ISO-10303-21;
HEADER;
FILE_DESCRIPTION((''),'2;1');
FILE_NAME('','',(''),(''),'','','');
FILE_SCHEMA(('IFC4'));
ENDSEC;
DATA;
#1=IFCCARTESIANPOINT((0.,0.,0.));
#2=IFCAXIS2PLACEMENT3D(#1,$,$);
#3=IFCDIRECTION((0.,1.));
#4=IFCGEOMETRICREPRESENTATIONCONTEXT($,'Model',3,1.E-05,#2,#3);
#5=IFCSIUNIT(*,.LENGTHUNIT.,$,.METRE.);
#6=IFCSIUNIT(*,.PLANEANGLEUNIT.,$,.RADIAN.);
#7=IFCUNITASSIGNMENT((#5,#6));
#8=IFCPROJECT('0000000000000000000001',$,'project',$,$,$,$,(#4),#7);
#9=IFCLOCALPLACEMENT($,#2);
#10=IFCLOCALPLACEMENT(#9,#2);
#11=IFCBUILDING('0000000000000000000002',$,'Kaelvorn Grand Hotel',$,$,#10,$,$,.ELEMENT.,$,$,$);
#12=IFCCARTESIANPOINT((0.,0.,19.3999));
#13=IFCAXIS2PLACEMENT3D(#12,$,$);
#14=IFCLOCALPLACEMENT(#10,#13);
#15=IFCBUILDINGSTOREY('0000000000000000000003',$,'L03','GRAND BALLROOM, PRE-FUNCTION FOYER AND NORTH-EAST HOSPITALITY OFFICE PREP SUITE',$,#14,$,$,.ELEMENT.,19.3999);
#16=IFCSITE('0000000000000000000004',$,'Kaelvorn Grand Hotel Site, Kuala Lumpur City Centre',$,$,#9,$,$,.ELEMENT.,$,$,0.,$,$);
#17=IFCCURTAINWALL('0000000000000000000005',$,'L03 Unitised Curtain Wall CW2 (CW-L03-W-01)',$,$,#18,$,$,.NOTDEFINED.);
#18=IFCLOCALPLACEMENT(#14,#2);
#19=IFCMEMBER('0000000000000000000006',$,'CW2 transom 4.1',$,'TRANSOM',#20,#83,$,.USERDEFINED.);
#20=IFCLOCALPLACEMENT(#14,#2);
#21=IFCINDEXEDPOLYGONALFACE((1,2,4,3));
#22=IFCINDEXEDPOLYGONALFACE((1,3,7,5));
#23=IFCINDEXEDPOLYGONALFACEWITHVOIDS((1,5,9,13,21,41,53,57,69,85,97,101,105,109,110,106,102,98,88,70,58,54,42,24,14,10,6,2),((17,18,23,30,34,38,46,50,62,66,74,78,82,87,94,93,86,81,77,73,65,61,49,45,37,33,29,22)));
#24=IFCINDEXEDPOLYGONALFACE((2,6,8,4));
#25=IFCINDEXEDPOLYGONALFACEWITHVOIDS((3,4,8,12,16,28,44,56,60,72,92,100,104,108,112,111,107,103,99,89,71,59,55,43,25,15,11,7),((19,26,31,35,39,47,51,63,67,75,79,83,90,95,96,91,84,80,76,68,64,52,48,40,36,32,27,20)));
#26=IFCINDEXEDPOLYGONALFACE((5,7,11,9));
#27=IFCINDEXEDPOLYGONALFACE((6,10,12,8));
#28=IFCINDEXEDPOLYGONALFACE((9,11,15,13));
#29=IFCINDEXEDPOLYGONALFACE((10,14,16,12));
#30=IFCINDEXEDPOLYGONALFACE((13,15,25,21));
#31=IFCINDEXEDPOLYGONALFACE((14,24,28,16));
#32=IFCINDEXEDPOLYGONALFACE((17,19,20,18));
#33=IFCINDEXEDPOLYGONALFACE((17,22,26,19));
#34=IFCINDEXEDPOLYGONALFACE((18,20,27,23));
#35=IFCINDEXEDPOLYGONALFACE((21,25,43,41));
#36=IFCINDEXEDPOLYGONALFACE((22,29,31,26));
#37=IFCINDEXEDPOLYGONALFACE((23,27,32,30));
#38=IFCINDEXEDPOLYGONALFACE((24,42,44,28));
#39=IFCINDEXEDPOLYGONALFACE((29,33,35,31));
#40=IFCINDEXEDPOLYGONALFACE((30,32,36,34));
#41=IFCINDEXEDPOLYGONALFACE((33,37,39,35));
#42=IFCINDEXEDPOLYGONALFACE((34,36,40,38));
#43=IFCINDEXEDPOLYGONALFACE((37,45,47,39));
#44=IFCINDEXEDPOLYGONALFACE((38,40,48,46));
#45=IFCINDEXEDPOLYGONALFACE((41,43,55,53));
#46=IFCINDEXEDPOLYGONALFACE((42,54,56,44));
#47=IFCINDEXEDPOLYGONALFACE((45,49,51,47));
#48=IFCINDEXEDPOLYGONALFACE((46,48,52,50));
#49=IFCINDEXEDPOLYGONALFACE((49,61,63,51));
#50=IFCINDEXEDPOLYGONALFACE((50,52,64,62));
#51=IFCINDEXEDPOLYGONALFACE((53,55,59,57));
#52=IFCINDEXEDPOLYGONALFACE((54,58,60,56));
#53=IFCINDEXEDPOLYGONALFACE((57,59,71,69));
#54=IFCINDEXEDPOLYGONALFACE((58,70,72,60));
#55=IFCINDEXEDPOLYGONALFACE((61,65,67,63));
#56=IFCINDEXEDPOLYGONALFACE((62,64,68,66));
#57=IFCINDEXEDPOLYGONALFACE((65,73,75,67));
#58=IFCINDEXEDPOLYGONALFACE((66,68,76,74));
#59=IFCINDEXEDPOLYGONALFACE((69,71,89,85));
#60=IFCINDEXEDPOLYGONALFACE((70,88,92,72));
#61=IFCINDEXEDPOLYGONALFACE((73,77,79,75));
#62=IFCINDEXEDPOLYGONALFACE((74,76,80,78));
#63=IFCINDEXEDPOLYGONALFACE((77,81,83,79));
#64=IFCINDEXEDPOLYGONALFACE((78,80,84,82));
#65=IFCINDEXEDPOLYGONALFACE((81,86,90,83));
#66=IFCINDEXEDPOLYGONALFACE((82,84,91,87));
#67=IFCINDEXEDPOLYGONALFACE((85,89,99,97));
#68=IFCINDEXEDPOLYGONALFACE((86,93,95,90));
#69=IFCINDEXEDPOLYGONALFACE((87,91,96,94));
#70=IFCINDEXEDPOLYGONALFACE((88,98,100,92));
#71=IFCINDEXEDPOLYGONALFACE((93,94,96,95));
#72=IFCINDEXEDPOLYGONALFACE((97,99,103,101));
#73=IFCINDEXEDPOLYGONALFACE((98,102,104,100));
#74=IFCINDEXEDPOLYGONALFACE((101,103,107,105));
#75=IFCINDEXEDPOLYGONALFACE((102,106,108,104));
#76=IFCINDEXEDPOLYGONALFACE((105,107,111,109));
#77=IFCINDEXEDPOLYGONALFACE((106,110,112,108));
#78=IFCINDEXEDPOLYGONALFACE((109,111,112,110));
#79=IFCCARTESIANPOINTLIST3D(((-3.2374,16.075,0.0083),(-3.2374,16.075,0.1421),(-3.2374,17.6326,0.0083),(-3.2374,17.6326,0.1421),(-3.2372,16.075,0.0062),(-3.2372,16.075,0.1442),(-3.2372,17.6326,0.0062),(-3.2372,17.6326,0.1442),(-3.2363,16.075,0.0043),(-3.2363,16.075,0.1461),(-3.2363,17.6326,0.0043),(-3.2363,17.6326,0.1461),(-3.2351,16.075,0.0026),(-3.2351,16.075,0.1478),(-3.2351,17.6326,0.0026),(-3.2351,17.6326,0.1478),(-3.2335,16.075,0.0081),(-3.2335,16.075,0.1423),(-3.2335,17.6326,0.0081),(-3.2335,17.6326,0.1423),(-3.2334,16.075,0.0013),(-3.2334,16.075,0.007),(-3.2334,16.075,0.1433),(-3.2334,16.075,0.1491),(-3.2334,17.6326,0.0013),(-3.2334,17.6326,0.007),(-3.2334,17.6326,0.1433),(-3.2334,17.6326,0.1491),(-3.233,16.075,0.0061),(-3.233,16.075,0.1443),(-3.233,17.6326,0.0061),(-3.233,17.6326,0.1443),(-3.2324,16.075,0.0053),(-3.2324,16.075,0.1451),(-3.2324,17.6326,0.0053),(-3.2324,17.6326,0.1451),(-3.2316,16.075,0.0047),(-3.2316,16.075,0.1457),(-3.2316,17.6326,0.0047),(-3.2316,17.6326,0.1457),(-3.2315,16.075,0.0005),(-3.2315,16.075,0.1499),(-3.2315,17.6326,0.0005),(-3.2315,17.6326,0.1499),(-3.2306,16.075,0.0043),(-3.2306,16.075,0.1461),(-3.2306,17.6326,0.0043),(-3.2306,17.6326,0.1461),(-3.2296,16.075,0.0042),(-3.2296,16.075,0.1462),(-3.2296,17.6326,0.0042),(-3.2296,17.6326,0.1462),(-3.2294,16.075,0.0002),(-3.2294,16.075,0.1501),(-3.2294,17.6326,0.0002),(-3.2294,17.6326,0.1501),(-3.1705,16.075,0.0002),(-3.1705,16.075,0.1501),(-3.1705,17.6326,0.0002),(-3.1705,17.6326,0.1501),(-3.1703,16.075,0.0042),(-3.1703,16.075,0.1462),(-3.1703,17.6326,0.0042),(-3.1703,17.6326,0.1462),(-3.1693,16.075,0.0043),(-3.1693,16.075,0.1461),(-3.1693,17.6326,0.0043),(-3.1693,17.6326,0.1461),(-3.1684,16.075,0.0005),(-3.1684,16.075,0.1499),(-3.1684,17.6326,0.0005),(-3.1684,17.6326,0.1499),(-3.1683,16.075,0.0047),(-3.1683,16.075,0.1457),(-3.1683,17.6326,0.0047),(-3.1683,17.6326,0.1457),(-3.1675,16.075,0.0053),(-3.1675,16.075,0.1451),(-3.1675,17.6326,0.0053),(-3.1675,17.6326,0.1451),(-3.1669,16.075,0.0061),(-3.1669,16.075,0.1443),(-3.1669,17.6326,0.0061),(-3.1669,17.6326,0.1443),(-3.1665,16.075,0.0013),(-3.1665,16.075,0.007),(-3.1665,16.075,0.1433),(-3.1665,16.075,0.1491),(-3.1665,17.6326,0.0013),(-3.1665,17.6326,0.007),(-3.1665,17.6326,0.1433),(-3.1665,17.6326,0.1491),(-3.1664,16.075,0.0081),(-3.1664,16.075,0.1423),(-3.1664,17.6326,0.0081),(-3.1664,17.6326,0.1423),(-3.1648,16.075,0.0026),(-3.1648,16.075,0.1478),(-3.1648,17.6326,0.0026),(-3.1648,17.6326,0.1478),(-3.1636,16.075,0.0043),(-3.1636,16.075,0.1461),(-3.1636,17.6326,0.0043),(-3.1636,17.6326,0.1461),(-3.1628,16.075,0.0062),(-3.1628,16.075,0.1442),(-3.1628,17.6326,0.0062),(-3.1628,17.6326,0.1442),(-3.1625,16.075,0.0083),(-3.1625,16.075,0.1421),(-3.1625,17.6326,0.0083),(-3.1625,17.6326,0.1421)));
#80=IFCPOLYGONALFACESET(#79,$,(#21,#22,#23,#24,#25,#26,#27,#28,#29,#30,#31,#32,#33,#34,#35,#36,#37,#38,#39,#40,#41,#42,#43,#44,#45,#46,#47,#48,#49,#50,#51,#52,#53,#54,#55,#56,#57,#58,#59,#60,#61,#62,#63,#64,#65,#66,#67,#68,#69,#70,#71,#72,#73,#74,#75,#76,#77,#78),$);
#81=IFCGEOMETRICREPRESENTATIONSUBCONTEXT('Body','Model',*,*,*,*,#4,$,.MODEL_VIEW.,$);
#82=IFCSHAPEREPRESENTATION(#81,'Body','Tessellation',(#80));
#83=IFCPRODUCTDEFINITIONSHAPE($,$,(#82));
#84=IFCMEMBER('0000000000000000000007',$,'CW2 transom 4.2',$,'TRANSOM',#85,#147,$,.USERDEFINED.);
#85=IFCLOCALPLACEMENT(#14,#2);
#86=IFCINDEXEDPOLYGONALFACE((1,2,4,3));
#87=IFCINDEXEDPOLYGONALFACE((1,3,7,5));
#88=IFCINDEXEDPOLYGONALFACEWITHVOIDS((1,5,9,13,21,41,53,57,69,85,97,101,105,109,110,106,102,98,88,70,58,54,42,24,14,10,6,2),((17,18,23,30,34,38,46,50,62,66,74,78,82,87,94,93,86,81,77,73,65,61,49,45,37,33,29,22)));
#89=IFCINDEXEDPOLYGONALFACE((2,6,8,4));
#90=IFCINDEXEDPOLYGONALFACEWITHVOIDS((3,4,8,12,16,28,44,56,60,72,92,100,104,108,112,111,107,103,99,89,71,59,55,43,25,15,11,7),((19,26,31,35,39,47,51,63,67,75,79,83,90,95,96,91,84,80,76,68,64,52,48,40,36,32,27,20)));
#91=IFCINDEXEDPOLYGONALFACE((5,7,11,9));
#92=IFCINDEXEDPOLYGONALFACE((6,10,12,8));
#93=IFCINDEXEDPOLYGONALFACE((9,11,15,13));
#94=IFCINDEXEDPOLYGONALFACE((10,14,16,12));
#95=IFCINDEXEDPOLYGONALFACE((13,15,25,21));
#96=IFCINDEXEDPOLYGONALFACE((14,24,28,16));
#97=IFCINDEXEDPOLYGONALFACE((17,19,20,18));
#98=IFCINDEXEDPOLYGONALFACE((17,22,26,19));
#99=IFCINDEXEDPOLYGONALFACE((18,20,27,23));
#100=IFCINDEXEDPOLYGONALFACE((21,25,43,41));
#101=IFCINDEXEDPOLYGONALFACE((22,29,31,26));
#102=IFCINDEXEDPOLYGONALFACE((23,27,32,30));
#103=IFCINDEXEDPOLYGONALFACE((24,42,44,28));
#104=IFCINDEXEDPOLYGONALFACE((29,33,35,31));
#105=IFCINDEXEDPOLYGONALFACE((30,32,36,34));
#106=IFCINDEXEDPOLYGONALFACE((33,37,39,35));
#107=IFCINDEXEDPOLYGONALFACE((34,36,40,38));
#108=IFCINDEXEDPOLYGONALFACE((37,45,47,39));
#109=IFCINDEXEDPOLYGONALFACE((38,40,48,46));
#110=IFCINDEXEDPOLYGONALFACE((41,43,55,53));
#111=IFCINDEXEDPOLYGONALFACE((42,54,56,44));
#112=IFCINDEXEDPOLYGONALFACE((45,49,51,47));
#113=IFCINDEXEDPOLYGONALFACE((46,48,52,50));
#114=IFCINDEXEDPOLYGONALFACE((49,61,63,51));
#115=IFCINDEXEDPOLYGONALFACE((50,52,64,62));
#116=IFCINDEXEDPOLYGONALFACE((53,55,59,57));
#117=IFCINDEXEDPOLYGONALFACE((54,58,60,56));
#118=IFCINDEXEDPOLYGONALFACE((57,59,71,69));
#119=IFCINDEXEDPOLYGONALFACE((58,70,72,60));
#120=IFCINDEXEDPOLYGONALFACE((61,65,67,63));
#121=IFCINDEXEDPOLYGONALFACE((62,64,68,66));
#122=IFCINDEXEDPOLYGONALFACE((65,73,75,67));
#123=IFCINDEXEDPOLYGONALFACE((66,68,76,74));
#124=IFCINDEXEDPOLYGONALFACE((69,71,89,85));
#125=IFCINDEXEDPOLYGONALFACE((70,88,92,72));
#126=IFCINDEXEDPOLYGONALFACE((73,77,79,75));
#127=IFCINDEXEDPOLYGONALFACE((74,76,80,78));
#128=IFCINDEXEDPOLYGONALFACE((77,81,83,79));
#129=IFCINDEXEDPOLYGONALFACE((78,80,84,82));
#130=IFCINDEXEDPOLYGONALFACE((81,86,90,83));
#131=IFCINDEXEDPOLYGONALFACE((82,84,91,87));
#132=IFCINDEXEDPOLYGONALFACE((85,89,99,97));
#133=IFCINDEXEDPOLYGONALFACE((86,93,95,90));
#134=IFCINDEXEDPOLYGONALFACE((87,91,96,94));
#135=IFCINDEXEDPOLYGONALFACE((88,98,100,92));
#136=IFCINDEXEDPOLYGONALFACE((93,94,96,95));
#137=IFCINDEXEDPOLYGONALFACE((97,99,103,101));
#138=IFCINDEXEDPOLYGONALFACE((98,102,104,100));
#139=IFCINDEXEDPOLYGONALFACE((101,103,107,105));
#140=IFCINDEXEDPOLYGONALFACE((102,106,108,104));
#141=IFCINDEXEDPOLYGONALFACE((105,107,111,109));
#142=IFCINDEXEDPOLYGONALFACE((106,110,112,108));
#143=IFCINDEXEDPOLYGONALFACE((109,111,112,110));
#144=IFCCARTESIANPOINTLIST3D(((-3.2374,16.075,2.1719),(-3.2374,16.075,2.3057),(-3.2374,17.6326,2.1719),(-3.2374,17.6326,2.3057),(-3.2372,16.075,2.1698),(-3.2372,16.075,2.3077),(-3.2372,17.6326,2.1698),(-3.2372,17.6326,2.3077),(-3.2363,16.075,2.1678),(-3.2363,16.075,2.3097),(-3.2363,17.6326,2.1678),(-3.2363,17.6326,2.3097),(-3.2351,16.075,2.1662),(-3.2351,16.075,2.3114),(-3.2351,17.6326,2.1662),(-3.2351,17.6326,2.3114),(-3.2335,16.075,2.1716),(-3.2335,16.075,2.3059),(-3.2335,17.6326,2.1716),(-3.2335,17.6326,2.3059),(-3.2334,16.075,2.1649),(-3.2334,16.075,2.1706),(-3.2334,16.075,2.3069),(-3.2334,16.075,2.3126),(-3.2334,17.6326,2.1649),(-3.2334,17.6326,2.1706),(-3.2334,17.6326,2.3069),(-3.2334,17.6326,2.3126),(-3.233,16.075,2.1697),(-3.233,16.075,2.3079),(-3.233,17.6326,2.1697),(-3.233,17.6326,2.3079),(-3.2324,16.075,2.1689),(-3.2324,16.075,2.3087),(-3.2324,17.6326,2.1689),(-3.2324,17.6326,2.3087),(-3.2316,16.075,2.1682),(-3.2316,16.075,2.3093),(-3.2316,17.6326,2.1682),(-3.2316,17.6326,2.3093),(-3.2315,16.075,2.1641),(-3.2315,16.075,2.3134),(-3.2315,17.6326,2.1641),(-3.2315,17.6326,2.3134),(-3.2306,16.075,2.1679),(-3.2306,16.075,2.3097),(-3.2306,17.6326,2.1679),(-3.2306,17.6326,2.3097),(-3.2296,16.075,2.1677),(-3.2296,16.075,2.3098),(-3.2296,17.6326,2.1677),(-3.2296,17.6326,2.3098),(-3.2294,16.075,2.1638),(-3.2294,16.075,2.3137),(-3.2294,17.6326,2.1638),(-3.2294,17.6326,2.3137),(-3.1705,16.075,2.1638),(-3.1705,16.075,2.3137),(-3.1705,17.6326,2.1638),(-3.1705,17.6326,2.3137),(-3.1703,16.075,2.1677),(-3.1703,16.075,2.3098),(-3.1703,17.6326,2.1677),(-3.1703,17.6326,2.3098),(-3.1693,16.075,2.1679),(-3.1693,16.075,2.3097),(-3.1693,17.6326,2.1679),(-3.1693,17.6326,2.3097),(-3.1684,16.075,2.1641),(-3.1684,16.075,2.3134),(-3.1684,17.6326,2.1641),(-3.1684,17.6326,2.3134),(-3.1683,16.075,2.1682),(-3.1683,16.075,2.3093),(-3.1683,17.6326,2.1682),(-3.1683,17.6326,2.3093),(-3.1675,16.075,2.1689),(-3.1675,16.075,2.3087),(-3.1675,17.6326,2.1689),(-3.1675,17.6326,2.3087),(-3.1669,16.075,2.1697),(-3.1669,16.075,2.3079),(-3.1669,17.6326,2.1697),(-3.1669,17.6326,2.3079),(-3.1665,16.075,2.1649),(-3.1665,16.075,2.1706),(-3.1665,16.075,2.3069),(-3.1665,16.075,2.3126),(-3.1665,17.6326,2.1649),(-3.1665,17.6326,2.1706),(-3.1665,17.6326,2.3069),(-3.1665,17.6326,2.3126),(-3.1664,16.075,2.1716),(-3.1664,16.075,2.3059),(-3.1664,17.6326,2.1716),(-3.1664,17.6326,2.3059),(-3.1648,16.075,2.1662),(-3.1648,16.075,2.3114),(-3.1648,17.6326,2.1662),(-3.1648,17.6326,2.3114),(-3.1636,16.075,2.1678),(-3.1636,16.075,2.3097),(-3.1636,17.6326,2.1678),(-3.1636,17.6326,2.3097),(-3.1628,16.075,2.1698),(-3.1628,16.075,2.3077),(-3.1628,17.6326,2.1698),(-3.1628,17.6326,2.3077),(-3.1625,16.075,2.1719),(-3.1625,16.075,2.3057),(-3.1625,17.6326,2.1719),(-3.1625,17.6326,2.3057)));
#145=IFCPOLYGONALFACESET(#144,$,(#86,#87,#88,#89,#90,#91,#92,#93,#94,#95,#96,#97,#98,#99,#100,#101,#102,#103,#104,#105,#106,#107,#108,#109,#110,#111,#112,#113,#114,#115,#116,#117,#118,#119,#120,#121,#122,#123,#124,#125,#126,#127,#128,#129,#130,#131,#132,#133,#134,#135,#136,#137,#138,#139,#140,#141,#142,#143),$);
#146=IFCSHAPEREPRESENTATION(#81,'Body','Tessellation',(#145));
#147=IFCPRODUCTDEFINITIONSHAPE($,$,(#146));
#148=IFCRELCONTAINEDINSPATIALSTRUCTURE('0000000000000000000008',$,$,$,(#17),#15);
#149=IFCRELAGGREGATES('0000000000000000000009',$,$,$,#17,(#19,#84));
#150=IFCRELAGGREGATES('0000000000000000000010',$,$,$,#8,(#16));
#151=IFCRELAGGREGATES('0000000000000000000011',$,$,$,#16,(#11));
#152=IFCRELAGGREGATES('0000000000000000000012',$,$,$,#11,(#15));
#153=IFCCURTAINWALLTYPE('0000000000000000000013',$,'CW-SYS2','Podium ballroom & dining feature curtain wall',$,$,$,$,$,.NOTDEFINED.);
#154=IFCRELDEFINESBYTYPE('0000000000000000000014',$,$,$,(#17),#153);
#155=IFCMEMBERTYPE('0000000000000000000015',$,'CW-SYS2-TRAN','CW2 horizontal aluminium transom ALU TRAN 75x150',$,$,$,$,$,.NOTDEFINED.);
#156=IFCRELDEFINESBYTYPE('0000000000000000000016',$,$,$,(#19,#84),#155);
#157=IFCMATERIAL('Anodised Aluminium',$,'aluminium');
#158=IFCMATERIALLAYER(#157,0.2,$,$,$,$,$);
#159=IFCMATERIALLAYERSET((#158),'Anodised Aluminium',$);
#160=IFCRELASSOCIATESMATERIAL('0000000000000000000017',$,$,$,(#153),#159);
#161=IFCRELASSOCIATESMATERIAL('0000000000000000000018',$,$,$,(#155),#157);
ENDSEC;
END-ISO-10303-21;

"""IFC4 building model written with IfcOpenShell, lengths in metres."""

from ifc_helpers import new_model, si_unit, direction, frame, origin, origin_2d, place, context, subcontext, project, spatial, hollow_rectangle, extrude, material, layer, layer_set, material_profile, profile_set, type_object, element, aggregate, save


model = new_model("IFC4")

# Units and contexts
model_context = context("Model", 3, precision=1e-05, world=origin(), true_north=direction((0.0, 1.0)))
body_context = subcontext(model_context, "Body", "Model", "MODEL_VIEW")
ifc_project = project(units=[si_unit("LENGTHUNIT", "METRE"), si_unit("PLANEANGLEUNIT", "RADIAN")], contexts=[model_context])

# Site, building, storey
site_placement = place(None, origin())
site = spatial("IfcSite", under=ifc_project, at=site_placement, Name="Kaelvorn Grand Hotel Site, Kuala Lumpur City Centre", CompositionType="ELEMENT", RefElevation=0.0)
building_placement = place(site_placement, origin())
building = spatial("IfcBuilding", under=site, at=building_placement, Name="Kaelvorn Grand Hotel", CompositionType="ELEMENT")
storey_placement = place(building_placement, frame((0.0, 0.0, 19.3999)))
storey = spatial("IfcBuildingStorey", under=building, at=storey_placement, Name="L03", Description="GRAND BALLROOM, PRE-FUNCTION FOYER AND NORTH-EAST HOSPITALITY OFFICE PREP SUITE", CompositionType="ELEMENT", Elevation=19.3999)

# Curtain wall, members
ifc_material_1 = material(Name="Anodised Aluminium", Category="aluminium")
ifc_layer_1 = layer(ifc_material_1, 0.2)
ifc_layer_set_1 = layer_set([ifc_layer_1], Name="Anodised Aluminium")
curtain_wall_type = type_object("IfcCurtainWallType", Name="CW-SYS2", Description="Podium ballroom & dining feature curtain wall", PredefinedType="NOTDEFINED", material=ifc_layer_set_1)
curtain_wall_placement = place(storey_placement, origin())
curtain_wall = element("IfcCurtainWall", 1, at=curtain_wall_placement, inside=storey, type_object=curtain_wall_type, Name="L03 Unitised Curtain Wall CW2 (CW-L03-W-01)", PredefinedType="NOTDEFINED")
ifc_material_profile_1 = material_profile(ifc_material_1, hollow_rectangle(XDim=0.075, YDim=0.1499, WallThickness=0.0039, InnerFilletRadius=0.0039, OuterFilletRadius=0.0081, at=origin_2d()), Name="ALU TRAN 75x150")
ifc_profile_set_1 = profile_set([ifc_material_profile_1], Name="Anodised Aluminium")
member_type_1 = type_object("IfcMemberType", Name="CW-SYS2-TRAN", Description="CW2 horizontal aluminium transom ALU TRAN 75x150", PredefinedType="NOTDEFINED", material=ifc_profile_set_1)
member_1_placement = place(storey_placement, frame((-3.2, 17.6326, 0.0752), z_axis=(0.0, -1.0, 0.0), x_axis=(1.0, 0.0, 0.0)))
member_1 = element("IfcMember", 2, at=member_1_placement, type_object=member_type_1, Name="CW2 transom 4.1", ObjectType="TRANSOM", PredefinedType="USERDEFINED", context=body_context, shape_type="SweptSolid", body=[
    extrude(hollow_rectangle(XDim=0.075, YDim=0.1499, WallThickness=0.0039, InnerFilletRadius=0.0039, OuterFilletRadius=0.0081, at=origin_2d()), origin(), (0.0, 0.0, 1.0), 1.5576),
])
member_2_placement = place(storey_placement, frame((-3.2, 17.6326, 2.2388), z_axis=(0.0, -1.0, 0.0), x_axis=(1.0, 0.0, 0.0)))
member_2 = element("IfcMember", 3, at=member_2_placement, type_object=member_type_1, Name="CW2 transom 4.2", ObjectType="TRANSOM", PredefinedType="USERDEFINED", context=body_context, shape_type="SweptSolid", body=[
    extrude(hollow_rectangle(XDim=0.075, YDim=0.1499, WallThickness=0.0039, InnerFilletRadius=0.0039, OuterFilletRadius=0.0081, at=origin_2d()), origin(), (0.0, 0.0, 1.0), 1.5576),
])
aggregate(curtain_wall, [member_1, member_2])

save(model, "model.ifc")
